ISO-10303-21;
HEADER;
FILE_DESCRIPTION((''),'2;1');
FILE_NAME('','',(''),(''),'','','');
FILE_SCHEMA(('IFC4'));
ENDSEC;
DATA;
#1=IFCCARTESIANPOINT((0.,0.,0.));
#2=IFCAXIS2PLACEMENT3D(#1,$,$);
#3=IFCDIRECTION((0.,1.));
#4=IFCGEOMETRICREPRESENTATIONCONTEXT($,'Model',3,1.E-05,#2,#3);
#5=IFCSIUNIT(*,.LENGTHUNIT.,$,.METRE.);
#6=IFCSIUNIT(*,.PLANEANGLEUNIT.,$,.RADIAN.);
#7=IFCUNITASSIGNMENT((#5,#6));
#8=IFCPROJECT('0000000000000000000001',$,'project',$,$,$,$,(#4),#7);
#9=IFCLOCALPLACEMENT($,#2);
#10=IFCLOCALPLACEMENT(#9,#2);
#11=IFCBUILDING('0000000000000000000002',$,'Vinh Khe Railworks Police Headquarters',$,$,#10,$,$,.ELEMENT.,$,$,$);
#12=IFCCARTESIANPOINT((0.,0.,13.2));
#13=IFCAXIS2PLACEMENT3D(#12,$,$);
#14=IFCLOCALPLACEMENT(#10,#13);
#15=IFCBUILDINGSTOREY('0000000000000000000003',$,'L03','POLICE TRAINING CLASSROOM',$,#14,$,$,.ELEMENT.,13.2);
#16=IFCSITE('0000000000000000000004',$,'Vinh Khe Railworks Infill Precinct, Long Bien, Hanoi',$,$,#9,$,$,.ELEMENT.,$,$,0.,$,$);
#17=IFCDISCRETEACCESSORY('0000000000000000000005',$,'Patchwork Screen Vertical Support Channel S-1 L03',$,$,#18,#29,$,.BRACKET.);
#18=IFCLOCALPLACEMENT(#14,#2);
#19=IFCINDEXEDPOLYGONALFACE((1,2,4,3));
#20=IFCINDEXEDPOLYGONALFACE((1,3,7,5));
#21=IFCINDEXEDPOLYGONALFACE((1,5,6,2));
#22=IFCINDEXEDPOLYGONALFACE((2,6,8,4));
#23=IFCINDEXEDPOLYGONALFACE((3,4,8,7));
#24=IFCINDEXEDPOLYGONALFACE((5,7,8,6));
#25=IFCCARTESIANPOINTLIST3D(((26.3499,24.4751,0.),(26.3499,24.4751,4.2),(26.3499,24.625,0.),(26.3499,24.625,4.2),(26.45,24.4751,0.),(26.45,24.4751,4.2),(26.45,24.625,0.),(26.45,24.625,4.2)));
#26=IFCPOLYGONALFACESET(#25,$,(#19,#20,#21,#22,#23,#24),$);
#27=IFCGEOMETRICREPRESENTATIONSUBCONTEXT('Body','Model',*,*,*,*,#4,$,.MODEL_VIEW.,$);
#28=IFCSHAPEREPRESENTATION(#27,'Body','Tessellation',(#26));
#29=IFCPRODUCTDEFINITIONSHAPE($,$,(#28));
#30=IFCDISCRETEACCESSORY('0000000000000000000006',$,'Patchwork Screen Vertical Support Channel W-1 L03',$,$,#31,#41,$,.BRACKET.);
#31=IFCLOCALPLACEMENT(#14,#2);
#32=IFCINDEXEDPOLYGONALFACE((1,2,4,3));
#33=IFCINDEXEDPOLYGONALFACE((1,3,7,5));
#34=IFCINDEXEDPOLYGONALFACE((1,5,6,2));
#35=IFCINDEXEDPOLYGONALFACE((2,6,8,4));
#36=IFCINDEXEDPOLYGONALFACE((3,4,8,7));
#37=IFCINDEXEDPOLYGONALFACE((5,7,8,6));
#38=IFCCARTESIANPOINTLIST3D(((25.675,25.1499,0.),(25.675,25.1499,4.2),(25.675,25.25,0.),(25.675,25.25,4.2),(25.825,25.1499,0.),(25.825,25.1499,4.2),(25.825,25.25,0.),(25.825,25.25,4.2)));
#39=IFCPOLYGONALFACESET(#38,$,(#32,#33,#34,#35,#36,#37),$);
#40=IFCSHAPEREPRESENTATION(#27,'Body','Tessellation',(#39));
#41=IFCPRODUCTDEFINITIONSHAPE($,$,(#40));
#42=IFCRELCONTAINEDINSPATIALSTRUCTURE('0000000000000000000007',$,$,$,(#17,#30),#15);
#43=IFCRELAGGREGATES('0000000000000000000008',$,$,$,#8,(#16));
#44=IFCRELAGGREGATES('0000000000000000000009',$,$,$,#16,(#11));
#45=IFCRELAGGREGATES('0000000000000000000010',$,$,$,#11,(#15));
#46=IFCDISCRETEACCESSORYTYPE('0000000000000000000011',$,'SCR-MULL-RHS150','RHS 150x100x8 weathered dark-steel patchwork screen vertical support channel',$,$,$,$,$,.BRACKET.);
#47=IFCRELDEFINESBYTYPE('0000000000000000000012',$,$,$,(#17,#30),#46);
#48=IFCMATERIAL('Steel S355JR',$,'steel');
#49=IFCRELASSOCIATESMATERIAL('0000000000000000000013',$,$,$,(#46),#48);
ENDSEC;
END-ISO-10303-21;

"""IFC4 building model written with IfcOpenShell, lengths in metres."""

from ifc_helpers import new_model, si_unit, direction, frame, origin, origin_2d, place, context, subcontext, project, spatial, rectangle, extrude, material, type_object, element, save


model = new_model("IFC4")

# Units and contexts
model_context = context("Model", 3, precision=1e-05, world=origin(), true_north=direction((0.0, 1.0)))
body_context = subcontext(model_context, "Body", "Model", "MODEL_VIEW")
ifc_project = project(units=[si_unit("LENGTHUNIT", "METRE"), si_unit("PLANEANGLEUNIT", "RADIAN")], contexts=[model_context])

# Site, building, storey
site_placement = place(None, origin())
site = spatial("IfcSite", under=ifc_project, at=site_placement, Name="Vinh Khe Railworks Infill Precinct, Long Bien, Hanoi", CompositionType="ELEMENT", RefElevation=0.0)
building_placement = place(site_placement, origin())
building = spatial("IfcBuilding", under=site, at=building_placement, Name="Vinh Khe Railworks Police Headquarters", CompositionType="ELEMENT")
storey_placement = place(building_placement, frame((0.0, 0.0, 13.2)))
storey = spatial("IfcBuildingStorey", under=building, at=storey_placement, Name="L03", Description="POLICE TRAINING CLASSROOM", CompositionType="ELEMENT", Elevation=13.2)

# Shared definitions
ifc_material_1 = material(Name="Steel S355JR", Category="steel")

# Discrete accessories
discrete_accessory_type_1 = type_object("IfcDiscreteAccessoryType", Name="SCR-MULL-RHS150", Description="RHS 150x100x8 weathered dark-steel patchwork screen vertical support channel", PredefinedType="BRACKET", material=ifc_material_1)
discrete_accessory_1_placement = place(storey_placement, frame((26.3999, 24.55, 0.0), z_axis=(0.0, 0.0, 1.0), x_axis=(1.0, 0.0, 0.0)))
element("IfcDiscreteAccessory", 1, at=discrete_accessory_1_placement, inside=storey, type_object=discrete_accessory_type_1, Name="Patchwork Screen Vertical Support Channel S-1 L03", PredefinedType="BRACKET", context=body_context, shape_type="SweptSolid", body=[
    extrude(rectangle(XDim=0.1001, YDim=0.1499, at=origin_2d()), origin(), (0.0, 0.0, 1.0), 4.2),
])
discrete_accessory_2_placement = place(storey_placement, frame((25.75, 25.2, 0.0), z_axis=(0.0, 0.0, 1.0), x_axis=(1.0, 0.0, 0.0)))
element("IfcDiscreteAccessory", 2, at=discrete_accessory_2_placement, inside=storey, type_object=discrete_accessory_type_1, Name="Patchwork Screen Vertical Support Channel W-1 L03", PredefinedType="BRACKET", context=body_context, shape_type="SweptSolid", body=[
    extrude(rectangle(XDim=0.1499, YDim=0.1001, at=origin_2d()), origin(), (0.0, 0.0, 1.0), 4.2),
])

save(model, "model.ifc")
